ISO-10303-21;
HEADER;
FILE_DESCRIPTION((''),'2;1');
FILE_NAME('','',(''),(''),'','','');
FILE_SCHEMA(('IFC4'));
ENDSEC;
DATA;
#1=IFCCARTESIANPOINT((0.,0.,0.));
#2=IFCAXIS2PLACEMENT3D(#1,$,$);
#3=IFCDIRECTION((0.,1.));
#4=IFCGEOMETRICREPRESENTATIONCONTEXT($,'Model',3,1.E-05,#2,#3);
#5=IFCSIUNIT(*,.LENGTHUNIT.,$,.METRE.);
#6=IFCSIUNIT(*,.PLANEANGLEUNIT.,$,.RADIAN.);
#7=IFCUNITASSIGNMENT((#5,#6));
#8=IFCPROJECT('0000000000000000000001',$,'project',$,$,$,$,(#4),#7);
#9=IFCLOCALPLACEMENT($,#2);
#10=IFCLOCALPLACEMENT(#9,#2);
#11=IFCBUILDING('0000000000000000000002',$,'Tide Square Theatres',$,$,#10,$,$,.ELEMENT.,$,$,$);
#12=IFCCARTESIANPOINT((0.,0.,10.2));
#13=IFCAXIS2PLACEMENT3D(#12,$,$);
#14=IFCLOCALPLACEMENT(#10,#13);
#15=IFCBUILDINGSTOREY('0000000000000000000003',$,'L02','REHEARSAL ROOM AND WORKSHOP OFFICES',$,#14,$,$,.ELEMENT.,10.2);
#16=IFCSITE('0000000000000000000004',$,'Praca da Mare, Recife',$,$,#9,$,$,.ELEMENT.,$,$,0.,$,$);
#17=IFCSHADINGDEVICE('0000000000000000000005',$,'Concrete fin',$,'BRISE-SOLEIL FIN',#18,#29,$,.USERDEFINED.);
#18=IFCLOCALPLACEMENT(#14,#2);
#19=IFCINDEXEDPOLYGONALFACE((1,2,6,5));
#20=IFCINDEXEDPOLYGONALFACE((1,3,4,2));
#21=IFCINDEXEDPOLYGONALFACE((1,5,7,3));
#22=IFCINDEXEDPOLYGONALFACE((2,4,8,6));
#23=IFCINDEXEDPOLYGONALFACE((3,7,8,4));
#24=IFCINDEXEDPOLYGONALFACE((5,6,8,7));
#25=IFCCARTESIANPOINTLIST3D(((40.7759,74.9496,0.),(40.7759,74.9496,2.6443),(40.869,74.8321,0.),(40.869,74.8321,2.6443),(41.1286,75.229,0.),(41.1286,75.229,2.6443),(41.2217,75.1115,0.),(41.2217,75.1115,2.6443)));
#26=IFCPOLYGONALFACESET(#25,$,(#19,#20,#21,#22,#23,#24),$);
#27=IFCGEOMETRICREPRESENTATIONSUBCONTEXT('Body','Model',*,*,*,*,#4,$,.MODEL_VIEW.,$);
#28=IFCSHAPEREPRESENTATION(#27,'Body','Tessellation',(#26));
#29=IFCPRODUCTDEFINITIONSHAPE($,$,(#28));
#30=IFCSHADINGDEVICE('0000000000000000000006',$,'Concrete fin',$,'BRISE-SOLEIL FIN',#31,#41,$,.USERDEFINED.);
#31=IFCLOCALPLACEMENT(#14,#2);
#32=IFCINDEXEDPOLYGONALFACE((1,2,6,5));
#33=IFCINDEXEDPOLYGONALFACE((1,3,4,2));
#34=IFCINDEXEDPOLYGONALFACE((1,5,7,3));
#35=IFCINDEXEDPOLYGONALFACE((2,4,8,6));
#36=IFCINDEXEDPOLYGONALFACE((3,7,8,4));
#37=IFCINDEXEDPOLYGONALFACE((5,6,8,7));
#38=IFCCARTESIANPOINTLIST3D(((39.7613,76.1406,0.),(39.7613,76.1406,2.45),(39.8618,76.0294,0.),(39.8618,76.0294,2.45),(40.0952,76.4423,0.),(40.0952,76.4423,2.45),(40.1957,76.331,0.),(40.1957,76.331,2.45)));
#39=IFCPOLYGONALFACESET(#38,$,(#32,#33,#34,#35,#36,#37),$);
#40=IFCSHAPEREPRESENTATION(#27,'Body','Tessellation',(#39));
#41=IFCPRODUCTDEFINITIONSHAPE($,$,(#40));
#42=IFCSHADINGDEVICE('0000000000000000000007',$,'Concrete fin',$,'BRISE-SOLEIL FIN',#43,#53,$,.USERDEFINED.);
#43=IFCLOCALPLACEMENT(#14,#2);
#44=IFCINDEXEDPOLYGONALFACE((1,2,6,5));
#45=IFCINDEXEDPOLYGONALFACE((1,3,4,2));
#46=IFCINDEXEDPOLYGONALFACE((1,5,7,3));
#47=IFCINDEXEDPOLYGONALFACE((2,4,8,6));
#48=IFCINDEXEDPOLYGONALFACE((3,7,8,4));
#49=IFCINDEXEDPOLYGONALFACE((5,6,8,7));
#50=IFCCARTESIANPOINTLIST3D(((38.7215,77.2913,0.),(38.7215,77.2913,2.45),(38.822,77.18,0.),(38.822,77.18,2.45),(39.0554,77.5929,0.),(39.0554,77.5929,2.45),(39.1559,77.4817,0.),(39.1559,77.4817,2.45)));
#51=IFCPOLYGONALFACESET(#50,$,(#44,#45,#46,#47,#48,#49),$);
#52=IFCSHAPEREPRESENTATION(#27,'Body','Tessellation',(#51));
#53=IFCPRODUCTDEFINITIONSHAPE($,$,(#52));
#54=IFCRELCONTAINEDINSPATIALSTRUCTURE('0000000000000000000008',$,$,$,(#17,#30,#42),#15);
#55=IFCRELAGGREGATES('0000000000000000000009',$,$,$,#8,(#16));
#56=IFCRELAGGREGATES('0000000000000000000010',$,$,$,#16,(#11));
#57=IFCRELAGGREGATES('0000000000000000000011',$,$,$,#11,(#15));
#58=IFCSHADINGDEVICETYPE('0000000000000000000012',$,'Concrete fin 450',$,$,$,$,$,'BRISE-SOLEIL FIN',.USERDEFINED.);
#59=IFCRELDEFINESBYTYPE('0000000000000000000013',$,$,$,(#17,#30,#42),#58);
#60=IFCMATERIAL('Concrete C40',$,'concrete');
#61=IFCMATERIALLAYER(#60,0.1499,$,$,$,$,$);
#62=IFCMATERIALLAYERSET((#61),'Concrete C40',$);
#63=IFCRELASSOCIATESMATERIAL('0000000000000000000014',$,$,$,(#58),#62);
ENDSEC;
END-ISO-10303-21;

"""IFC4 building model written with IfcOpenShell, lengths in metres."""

from ifc_helpers import new_model, si_unit, direction, frame, origin, origin_2d, place, context, subcontext, project, spatial, rectangle, extrude, material, layer, layer_set, type_object, element, save


model = new_model("IFC4")

# Units and contexts
model_context = context("Model", 3, precision=1e-05, world=origin(), true_north=direction((0.0, 1.0)))
body_context = subcontext(model_context, "Body", "Model", "MODEL_VIEW")
ifc_project = project(units=[si_unit("LENGTHUNIT", "METRE"), si_unit("PLANEANGLEUNIT", "RADIAN")], contexts=[model_context])

# Site, building, storey
site_placement = place(None, origin())
site = spatial("IfcSite", under=ifc_project, at=site_placement, Name="Praca da Mare, Recife", CompositionType="ELEMENT", RefElevation=0.0)
building_placement = place(site_placement, origin())
building = spatial("IfcBuilding", under=site, at=building_placement, Name="Tide Square Theatres", CompositionType="ELEMENT")
storey_placement = place(building_placement, frame((0.0, 0.0, 10.2)))
storey = spatial("IfcBuildingStorey", under=building, at=storey_placement, Name="L02", Description="REHEARSAL ROOM AND WORKSHOP OFFICES", CompositionType="ELEMENT", Elevation=10.2)

# Shading devices
ifc_material_1 = material(Name="Concrete C40", Category="concrete")
ifc_layer_1 = layer(ifc_material_1, 0.1499)
ifc_layer_set_1 = layer_set([ifc_layer_1], Name="Concrete C40")
shading_device_type = type_object("IfcShadingDeviceType", Name="Concrete fin 450", ElementType="BRISE-SOLEIL FIN", PredefinedType="USERDEFINED", material=ifc_layer_set_1)
for number, where, z_axis, x_axis, name in (
    (1, (40.9988, 75.0305, 0.0), (0.0, 0.0, 1.0), (-0.62097, 0.783834, 0.0), "Concrete fin"),
):
    element("IfcShadingDevice", number, at=place(storey_placement, frame(where, z_axis=z_axis, x_axis=x_axis)), inside=storey, type_object=shading_device_type, Name=name, ObjectType="BRISE-SOLEIL FIN", PredefinedType="USERDEFINED", context=body_context, shape_type="SweptSolid", body=[
        extrude(rectangle(XDim=0.1499, YDim=0.45, at=origin_2d()), origin(), (0.0, 0.0, 1.0), 2.6443),
    ])
for number, where, z_axis, x_axis, name in (
    (2, (39.9785, 76.2358, 0.0), (0.0, 0.0, 1.0), (-0.670362, 0.742034, 0.0), "Concrete fin"),
    (3, (38.9387, 77.3865, 0.0), (0.0, 0.0, 1.0), (-0.670362, 0.742034, 0.0), "Concrete fin"),
):
    element("IfcShadingDevice", number, at=place(storey_placement, frame(where, z_axis=z_axis, x_axis=x_axis)), inside=storey, type_object=shading_device_type, Name=name, ObjectType="BRISE-SOLEIL FIN", PredefinedType="USERDEFINED", context=body_context, shape_type="SweptSolid", body=[
        extrude(rectangle(XDim=0.1499, YDim=0.45, at=origin_2d()), origin(), (0.0, 0.0, 1.0), 2.45),
    ])

save(model, "model.ifc")
